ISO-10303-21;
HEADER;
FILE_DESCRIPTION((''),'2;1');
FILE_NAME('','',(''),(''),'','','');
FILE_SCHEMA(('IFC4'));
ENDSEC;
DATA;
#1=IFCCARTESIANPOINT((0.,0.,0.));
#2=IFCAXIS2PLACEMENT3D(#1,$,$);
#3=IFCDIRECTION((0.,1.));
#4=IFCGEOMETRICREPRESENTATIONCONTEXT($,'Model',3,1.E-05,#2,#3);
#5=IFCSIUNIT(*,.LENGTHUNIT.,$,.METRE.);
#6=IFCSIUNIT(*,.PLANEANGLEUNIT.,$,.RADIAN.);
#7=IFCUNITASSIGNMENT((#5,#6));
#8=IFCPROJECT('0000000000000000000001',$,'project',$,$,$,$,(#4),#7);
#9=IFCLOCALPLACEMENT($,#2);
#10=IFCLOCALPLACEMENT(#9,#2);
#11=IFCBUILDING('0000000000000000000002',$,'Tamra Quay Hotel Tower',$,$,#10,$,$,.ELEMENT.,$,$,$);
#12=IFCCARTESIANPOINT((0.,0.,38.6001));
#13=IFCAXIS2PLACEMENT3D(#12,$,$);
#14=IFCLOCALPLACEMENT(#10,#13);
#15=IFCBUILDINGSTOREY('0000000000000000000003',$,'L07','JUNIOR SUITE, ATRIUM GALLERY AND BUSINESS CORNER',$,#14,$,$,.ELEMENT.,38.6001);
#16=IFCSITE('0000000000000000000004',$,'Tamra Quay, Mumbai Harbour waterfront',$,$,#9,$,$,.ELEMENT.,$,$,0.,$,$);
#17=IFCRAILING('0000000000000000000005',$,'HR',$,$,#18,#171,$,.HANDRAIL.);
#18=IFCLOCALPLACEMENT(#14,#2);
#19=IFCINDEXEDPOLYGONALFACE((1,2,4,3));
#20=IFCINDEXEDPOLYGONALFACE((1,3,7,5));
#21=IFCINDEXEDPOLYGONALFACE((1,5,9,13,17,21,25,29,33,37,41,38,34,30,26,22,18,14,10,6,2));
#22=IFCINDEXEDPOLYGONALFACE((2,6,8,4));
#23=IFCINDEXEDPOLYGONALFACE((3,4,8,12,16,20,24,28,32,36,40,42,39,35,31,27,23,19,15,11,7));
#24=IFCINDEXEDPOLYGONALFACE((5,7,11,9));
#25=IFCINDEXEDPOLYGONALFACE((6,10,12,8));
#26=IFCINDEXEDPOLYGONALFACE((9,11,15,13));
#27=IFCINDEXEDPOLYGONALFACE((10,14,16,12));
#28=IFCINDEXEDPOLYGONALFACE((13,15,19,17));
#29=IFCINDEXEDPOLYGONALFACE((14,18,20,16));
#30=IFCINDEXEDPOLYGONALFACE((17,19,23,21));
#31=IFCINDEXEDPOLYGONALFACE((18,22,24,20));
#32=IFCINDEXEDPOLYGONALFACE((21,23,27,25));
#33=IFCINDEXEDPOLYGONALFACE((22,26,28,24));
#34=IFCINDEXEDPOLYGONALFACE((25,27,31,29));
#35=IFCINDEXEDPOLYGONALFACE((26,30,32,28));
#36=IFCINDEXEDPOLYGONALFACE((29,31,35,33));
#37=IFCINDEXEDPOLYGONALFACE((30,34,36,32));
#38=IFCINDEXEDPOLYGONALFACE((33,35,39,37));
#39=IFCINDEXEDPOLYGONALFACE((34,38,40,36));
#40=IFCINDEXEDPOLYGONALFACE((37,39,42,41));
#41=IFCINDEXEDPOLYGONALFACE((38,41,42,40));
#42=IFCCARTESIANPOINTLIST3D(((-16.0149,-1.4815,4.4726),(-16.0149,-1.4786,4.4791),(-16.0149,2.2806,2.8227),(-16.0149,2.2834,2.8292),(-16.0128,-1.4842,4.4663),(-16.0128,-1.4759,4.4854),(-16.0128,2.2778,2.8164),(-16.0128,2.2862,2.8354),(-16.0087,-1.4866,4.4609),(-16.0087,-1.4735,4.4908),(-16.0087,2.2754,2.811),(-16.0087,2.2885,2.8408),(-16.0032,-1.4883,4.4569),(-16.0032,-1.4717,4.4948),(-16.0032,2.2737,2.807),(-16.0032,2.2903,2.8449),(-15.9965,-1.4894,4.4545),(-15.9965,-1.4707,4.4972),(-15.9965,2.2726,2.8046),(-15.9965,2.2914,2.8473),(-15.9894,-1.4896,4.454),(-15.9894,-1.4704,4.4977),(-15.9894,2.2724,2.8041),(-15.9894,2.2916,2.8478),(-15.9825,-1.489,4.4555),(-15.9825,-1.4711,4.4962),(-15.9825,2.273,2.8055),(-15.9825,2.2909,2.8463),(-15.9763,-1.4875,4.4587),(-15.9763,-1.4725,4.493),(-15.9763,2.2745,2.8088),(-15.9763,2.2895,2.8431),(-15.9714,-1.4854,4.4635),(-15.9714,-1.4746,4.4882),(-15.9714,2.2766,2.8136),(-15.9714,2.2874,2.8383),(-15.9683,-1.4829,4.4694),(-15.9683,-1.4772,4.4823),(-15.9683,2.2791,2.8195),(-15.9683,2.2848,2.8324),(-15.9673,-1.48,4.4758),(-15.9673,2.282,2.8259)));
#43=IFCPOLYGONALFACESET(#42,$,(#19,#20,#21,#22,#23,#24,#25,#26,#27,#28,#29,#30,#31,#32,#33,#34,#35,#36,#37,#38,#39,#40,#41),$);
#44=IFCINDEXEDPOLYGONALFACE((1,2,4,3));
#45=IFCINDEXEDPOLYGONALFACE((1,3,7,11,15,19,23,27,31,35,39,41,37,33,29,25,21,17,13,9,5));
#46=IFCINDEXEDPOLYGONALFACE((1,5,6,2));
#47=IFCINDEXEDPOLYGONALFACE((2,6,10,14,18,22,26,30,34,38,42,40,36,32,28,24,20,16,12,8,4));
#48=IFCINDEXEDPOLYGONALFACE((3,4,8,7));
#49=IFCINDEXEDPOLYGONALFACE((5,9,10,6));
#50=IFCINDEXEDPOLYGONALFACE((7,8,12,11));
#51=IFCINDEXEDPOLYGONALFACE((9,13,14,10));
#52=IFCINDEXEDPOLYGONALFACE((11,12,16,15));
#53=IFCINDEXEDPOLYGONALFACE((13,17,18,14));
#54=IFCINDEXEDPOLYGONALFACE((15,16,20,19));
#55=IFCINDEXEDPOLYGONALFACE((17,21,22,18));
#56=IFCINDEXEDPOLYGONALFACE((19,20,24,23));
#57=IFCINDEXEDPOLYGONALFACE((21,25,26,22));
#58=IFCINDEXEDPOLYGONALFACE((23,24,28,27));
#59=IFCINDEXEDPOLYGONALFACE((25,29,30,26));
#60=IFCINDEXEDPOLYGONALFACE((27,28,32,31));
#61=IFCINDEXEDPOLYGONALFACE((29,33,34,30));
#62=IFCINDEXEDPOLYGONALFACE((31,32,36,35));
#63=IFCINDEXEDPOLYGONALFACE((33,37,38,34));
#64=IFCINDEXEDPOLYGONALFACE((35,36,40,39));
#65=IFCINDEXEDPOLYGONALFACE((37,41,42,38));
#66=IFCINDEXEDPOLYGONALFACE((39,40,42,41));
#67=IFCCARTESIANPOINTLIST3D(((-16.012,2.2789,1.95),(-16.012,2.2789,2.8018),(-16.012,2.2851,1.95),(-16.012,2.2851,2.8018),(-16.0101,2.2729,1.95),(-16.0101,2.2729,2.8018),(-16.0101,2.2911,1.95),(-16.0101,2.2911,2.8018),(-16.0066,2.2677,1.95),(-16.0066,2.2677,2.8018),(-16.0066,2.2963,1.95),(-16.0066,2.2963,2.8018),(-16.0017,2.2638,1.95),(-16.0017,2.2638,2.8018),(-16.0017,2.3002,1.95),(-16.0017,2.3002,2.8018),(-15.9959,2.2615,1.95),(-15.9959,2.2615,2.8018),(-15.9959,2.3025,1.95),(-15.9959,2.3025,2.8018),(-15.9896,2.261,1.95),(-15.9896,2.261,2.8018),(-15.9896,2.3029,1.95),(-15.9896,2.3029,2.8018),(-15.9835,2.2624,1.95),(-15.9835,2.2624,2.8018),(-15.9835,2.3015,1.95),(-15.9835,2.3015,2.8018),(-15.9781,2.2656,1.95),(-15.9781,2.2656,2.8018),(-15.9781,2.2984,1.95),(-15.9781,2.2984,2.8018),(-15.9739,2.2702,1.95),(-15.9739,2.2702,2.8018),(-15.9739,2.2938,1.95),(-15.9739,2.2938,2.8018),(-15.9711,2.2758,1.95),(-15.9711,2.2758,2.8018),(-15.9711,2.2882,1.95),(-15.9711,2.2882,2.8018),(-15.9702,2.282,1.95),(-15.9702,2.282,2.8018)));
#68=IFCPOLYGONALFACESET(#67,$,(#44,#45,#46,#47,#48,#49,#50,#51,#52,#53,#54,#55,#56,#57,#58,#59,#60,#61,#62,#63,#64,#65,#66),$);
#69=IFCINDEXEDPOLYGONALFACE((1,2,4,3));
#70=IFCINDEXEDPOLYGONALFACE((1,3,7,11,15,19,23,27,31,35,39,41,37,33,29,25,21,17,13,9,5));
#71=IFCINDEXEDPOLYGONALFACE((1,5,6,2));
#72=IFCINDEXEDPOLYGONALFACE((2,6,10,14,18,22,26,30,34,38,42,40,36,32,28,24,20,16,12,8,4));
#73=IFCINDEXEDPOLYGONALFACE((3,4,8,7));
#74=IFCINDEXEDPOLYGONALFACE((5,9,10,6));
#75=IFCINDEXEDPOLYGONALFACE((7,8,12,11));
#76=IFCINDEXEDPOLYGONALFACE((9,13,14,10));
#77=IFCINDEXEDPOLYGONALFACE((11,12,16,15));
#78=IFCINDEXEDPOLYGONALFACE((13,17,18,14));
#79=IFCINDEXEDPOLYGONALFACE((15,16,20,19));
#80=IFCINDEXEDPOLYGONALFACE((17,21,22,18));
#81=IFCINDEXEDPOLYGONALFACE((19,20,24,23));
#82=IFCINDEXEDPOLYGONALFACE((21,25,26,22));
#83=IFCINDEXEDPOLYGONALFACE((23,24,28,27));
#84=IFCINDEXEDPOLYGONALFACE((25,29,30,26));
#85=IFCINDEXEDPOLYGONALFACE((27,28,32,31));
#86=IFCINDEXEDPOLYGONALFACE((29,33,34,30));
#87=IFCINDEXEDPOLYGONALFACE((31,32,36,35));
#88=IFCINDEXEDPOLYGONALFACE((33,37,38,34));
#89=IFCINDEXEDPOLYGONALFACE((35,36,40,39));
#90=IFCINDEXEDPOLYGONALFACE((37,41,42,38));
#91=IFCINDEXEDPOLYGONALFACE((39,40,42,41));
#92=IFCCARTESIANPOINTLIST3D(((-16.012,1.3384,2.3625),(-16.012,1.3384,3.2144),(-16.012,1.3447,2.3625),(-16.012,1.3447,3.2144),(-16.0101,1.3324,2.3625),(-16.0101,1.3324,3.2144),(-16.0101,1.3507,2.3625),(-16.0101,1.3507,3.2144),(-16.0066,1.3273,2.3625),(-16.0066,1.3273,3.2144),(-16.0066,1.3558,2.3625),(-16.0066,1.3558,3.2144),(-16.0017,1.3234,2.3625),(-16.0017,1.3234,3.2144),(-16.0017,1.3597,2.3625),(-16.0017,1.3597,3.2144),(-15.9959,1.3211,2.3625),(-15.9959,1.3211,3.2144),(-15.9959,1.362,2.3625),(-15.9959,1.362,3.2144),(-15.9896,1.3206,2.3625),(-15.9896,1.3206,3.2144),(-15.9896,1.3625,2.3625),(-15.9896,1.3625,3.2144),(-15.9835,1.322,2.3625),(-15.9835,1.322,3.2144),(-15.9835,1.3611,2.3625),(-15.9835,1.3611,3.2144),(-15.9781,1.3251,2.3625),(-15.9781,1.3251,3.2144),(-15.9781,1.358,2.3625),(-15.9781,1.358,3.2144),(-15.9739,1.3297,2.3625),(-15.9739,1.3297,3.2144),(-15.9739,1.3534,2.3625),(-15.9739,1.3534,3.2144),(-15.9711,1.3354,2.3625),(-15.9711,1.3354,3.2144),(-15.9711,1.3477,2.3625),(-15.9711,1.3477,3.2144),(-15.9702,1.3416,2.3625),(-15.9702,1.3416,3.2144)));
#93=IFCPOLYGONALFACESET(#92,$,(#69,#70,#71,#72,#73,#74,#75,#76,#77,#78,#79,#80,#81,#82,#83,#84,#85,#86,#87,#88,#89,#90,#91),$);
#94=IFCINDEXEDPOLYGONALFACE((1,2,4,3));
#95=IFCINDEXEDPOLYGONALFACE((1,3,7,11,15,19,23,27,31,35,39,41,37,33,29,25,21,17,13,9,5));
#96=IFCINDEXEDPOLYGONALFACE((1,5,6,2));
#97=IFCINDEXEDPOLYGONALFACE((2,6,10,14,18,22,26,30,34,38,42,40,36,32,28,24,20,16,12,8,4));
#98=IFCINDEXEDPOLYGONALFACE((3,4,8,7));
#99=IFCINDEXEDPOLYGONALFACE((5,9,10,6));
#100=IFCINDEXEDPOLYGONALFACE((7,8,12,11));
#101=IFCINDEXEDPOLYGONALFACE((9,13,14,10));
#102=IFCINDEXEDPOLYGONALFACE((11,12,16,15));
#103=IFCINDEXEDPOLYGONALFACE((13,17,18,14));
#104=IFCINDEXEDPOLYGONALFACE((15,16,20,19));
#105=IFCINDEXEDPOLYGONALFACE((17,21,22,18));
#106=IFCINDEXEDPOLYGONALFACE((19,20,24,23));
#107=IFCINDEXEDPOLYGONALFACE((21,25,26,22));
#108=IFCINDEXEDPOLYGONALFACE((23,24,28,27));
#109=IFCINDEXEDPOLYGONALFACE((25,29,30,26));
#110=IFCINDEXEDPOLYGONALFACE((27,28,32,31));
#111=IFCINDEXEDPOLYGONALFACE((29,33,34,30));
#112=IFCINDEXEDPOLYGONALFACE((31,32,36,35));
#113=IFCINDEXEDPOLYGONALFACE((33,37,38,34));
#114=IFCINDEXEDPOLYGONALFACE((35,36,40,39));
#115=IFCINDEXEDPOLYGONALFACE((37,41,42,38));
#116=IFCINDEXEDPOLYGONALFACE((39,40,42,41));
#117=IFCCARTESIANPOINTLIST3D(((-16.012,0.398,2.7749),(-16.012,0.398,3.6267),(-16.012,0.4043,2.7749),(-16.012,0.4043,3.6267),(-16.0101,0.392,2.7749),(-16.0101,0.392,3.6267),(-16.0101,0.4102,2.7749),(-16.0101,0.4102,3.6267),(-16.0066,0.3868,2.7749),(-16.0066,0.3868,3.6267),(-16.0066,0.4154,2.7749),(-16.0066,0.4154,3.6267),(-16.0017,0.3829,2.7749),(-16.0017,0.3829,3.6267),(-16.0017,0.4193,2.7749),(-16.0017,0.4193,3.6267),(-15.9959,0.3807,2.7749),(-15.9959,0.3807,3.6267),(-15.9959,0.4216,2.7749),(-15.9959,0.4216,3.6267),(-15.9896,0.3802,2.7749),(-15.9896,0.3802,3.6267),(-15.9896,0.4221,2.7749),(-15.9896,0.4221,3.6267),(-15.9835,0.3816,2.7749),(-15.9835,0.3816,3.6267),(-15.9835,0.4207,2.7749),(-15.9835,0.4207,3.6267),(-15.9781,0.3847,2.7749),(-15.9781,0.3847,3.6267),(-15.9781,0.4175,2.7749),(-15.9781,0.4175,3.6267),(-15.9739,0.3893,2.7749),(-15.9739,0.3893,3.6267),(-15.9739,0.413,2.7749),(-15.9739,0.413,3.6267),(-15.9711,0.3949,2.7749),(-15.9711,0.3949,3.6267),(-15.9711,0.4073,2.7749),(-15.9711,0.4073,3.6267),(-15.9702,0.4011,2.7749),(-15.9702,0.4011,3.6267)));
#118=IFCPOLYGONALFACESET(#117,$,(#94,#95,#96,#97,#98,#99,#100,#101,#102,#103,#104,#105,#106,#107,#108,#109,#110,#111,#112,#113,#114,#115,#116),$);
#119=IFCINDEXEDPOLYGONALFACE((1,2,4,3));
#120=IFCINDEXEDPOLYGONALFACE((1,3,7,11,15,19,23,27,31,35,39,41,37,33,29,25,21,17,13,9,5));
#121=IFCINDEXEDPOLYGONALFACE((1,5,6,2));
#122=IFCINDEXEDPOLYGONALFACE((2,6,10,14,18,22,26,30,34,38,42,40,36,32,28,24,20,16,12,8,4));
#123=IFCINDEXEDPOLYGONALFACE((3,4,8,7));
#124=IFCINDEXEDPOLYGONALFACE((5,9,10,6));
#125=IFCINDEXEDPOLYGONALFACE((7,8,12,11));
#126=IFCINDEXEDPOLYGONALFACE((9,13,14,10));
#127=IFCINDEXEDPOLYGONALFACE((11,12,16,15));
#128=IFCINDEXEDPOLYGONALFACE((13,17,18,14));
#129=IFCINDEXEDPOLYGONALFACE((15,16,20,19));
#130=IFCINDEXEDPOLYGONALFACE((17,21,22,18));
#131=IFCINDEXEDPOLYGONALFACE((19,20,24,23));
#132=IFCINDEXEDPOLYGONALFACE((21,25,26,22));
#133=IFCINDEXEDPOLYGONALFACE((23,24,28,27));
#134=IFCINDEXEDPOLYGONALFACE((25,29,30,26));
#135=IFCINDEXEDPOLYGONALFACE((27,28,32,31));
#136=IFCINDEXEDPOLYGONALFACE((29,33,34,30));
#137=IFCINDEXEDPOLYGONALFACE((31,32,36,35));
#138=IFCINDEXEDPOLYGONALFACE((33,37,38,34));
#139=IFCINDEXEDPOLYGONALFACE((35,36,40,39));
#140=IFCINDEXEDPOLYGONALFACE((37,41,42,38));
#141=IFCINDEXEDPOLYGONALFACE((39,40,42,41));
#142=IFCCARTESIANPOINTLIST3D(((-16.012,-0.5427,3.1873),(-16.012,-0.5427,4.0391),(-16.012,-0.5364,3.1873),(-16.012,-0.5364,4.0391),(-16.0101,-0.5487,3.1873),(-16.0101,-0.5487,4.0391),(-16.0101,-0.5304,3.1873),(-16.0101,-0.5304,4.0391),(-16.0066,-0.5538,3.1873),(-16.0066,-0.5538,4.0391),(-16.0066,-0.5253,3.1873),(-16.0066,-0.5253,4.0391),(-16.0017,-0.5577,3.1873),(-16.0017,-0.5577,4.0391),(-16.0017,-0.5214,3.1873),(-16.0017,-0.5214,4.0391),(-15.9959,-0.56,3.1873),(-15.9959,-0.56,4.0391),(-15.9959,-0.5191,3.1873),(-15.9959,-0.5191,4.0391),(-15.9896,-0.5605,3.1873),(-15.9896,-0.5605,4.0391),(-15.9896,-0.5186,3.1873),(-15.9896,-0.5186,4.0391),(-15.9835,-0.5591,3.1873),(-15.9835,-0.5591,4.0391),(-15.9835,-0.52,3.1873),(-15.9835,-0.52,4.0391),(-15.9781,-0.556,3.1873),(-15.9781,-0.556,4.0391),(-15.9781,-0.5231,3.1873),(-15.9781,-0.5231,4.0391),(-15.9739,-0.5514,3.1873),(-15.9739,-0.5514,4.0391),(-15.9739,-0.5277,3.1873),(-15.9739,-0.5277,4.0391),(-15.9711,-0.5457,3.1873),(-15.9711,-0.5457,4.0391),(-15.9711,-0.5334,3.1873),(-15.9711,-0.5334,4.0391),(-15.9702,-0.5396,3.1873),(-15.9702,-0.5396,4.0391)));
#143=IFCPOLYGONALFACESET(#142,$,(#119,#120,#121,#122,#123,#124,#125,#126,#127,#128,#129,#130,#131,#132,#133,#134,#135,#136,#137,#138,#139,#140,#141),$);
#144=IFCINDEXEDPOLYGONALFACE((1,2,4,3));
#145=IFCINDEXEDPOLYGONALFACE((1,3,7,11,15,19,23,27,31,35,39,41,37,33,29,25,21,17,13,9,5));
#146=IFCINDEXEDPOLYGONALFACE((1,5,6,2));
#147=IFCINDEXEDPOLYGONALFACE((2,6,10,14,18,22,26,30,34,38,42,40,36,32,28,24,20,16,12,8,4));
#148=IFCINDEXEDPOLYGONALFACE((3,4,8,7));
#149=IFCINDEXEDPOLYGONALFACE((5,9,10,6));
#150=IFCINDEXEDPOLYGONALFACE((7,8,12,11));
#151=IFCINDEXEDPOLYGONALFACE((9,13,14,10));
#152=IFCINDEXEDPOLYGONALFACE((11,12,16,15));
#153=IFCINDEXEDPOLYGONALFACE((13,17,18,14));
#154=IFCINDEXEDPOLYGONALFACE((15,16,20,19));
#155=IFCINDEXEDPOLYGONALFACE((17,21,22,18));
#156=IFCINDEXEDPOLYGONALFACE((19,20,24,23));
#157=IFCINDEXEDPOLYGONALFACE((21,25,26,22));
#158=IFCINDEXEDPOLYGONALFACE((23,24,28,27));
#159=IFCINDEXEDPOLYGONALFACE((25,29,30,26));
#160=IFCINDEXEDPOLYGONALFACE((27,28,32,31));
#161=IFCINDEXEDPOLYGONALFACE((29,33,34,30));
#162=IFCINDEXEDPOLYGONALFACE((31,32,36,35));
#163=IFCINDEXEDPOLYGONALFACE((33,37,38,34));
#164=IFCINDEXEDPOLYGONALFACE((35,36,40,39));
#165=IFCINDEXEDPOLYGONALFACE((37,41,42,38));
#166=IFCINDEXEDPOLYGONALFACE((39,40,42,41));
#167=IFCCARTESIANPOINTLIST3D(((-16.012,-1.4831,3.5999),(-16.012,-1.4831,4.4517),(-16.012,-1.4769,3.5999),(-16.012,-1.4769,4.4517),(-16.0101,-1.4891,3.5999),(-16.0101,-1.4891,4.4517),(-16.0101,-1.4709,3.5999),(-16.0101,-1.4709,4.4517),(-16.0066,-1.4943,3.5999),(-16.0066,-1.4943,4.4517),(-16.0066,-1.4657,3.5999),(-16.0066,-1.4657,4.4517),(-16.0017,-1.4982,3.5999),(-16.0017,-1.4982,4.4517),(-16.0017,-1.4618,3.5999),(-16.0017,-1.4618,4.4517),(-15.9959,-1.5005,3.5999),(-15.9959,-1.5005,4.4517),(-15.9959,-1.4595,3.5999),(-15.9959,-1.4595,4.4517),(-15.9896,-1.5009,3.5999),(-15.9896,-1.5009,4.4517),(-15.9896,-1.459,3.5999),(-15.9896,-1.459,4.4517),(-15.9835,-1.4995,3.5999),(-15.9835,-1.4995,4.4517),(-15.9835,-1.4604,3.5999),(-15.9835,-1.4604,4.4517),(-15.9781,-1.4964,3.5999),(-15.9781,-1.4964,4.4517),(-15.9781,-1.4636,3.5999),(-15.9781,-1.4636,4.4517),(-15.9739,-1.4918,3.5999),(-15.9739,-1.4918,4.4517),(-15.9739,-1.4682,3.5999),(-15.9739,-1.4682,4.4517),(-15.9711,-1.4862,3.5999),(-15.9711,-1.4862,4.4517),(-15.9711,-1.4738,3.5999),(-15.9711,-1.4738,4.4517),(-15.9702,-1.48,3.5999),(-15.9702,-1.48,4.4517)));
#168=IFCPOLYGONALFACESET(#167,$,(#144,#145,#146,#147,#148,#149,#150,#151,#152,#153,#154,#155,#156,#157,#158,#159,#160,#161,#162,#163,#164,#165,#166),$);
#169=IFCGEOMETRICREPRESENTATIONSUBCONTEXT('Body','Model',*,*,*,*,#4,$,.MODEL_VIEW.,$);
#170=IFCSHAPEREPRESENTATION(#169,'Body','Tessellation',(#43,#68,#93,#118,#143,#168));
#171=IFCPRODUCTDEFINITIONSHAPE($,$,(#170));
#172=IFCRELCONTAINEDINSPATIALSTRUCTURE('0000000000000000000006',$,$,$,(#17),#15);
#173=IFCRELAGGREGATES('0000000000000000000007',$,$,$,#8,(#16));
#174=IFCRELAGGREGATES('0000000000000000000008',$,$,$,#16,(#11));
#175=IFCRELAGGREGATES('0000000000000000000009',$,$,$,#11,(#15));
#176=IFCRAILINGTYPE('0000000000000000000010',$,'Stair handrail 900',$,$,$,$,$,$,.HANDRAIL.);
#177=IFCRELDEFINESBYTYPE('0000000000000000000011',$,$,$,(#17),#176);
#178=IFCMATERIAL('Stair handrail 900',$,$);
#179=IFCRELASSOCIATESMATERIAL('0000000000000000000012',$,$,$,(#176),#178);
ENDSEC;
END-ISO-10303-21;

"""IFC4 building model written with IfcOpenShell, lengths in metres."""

from ifc_helpers import new_model, si_unit, direction, frame, origin, origin_2d, place, context, subcontext, project, spatial, circle, extrude, material, type_object, element, save


model = new_model("IFC4")

# Units and contexts
model_context = context("Model", 3, precision=1e-05, world=origin(), true_north=direction((0.0, 1.0)))
body_context = subcontext(model_context, "Body", "Model", "MODEL_VIEW")
ifc_project = project(units=[si_unit("LENGTHUNIT", "METRE"), si_unit("PLANEANGLEUNIT", "RADIAN")], contexts=[model_context])

# Site, building, storey
site_placement = place(None, origin())
site = spatial("IfcSite", under=ifc_project, at=site_placement, Name="Tamra Quay, Mumbai Harbour waterfront", CompositionType="ELEMENT", RefElevation=0.0)
building_placement = place(site_placement, origin())
building = spatial("IfcBuilding", under=site, at=building_placement, Name="Tamra Quay Hotel Tower", CompositionType="ELEMENT")
storey_placement = place(building_placement, frame((0.0, 0.0, 38.6001)))
storey = spatial("IfcBuildingStorey", under=building, at=storey_placement, Name="L07", Description="JUNIOR SUITE, ATRIUM GALLERY AND BUSINESS CORNER", CompositionType="ELEMENT", Elevation=38.6001)

# Railing
ifc_material_1 = material(Name="Stair handrail 900")
railing_type = type_object("IfcRailingType", Name="Stair handrail 900", PredefinedType="HANDRAIL", material=ifc_material_1)
railing_placement = place(storey_placement, frame((-15.9912, 2.282, 1.95)))
element("IfcRailing", 1, at=railing_placement, inside=storey, type_object=railing_type, Name="HR", PredefinedType="HANDRAIL", context=body_context, shape_type="SweptSolid", body=[
    extrude(circle(Radius=0.0239, at=origin_2d()), frame((0.0, 0.0, 0.876), z_axis=(0.0, -0.915795, 0.401645), x_axis=(1.0, 0.0, 0.0)), (0.0, 0.0, 1.0), 4.1079),
    extrude(circle(Radius=0.021, at=origin_2d()), origin(), (0.0, 0.0, 1.0), 0.8518),
    extrude(circle(Radius=0.021, at=origin_2d()), frame((0.0, -0.9404, 0.4126)), (0.0, 0.0, 1.0), 0.8518),
    extrude(circle(Radius=0.021, at=origin_2d()), frame((0.0, -1.8809, 0.825)), (0.0, 0.0, 1.0), 0.8518),
    extrude(circle(Radius=0.021, at=origin_2d()), frame((0.0, -2.8215, 1.2373)), (0.0, 0.0, 1.0), 0.8518),
    extrude(circle(Radius=0.021, at=origin_2d()), frame((0.0, -3.762, 1.6499)), (0.0, 0.0, 1.0), 0.8518),
])

save(model, "model.ifc")
